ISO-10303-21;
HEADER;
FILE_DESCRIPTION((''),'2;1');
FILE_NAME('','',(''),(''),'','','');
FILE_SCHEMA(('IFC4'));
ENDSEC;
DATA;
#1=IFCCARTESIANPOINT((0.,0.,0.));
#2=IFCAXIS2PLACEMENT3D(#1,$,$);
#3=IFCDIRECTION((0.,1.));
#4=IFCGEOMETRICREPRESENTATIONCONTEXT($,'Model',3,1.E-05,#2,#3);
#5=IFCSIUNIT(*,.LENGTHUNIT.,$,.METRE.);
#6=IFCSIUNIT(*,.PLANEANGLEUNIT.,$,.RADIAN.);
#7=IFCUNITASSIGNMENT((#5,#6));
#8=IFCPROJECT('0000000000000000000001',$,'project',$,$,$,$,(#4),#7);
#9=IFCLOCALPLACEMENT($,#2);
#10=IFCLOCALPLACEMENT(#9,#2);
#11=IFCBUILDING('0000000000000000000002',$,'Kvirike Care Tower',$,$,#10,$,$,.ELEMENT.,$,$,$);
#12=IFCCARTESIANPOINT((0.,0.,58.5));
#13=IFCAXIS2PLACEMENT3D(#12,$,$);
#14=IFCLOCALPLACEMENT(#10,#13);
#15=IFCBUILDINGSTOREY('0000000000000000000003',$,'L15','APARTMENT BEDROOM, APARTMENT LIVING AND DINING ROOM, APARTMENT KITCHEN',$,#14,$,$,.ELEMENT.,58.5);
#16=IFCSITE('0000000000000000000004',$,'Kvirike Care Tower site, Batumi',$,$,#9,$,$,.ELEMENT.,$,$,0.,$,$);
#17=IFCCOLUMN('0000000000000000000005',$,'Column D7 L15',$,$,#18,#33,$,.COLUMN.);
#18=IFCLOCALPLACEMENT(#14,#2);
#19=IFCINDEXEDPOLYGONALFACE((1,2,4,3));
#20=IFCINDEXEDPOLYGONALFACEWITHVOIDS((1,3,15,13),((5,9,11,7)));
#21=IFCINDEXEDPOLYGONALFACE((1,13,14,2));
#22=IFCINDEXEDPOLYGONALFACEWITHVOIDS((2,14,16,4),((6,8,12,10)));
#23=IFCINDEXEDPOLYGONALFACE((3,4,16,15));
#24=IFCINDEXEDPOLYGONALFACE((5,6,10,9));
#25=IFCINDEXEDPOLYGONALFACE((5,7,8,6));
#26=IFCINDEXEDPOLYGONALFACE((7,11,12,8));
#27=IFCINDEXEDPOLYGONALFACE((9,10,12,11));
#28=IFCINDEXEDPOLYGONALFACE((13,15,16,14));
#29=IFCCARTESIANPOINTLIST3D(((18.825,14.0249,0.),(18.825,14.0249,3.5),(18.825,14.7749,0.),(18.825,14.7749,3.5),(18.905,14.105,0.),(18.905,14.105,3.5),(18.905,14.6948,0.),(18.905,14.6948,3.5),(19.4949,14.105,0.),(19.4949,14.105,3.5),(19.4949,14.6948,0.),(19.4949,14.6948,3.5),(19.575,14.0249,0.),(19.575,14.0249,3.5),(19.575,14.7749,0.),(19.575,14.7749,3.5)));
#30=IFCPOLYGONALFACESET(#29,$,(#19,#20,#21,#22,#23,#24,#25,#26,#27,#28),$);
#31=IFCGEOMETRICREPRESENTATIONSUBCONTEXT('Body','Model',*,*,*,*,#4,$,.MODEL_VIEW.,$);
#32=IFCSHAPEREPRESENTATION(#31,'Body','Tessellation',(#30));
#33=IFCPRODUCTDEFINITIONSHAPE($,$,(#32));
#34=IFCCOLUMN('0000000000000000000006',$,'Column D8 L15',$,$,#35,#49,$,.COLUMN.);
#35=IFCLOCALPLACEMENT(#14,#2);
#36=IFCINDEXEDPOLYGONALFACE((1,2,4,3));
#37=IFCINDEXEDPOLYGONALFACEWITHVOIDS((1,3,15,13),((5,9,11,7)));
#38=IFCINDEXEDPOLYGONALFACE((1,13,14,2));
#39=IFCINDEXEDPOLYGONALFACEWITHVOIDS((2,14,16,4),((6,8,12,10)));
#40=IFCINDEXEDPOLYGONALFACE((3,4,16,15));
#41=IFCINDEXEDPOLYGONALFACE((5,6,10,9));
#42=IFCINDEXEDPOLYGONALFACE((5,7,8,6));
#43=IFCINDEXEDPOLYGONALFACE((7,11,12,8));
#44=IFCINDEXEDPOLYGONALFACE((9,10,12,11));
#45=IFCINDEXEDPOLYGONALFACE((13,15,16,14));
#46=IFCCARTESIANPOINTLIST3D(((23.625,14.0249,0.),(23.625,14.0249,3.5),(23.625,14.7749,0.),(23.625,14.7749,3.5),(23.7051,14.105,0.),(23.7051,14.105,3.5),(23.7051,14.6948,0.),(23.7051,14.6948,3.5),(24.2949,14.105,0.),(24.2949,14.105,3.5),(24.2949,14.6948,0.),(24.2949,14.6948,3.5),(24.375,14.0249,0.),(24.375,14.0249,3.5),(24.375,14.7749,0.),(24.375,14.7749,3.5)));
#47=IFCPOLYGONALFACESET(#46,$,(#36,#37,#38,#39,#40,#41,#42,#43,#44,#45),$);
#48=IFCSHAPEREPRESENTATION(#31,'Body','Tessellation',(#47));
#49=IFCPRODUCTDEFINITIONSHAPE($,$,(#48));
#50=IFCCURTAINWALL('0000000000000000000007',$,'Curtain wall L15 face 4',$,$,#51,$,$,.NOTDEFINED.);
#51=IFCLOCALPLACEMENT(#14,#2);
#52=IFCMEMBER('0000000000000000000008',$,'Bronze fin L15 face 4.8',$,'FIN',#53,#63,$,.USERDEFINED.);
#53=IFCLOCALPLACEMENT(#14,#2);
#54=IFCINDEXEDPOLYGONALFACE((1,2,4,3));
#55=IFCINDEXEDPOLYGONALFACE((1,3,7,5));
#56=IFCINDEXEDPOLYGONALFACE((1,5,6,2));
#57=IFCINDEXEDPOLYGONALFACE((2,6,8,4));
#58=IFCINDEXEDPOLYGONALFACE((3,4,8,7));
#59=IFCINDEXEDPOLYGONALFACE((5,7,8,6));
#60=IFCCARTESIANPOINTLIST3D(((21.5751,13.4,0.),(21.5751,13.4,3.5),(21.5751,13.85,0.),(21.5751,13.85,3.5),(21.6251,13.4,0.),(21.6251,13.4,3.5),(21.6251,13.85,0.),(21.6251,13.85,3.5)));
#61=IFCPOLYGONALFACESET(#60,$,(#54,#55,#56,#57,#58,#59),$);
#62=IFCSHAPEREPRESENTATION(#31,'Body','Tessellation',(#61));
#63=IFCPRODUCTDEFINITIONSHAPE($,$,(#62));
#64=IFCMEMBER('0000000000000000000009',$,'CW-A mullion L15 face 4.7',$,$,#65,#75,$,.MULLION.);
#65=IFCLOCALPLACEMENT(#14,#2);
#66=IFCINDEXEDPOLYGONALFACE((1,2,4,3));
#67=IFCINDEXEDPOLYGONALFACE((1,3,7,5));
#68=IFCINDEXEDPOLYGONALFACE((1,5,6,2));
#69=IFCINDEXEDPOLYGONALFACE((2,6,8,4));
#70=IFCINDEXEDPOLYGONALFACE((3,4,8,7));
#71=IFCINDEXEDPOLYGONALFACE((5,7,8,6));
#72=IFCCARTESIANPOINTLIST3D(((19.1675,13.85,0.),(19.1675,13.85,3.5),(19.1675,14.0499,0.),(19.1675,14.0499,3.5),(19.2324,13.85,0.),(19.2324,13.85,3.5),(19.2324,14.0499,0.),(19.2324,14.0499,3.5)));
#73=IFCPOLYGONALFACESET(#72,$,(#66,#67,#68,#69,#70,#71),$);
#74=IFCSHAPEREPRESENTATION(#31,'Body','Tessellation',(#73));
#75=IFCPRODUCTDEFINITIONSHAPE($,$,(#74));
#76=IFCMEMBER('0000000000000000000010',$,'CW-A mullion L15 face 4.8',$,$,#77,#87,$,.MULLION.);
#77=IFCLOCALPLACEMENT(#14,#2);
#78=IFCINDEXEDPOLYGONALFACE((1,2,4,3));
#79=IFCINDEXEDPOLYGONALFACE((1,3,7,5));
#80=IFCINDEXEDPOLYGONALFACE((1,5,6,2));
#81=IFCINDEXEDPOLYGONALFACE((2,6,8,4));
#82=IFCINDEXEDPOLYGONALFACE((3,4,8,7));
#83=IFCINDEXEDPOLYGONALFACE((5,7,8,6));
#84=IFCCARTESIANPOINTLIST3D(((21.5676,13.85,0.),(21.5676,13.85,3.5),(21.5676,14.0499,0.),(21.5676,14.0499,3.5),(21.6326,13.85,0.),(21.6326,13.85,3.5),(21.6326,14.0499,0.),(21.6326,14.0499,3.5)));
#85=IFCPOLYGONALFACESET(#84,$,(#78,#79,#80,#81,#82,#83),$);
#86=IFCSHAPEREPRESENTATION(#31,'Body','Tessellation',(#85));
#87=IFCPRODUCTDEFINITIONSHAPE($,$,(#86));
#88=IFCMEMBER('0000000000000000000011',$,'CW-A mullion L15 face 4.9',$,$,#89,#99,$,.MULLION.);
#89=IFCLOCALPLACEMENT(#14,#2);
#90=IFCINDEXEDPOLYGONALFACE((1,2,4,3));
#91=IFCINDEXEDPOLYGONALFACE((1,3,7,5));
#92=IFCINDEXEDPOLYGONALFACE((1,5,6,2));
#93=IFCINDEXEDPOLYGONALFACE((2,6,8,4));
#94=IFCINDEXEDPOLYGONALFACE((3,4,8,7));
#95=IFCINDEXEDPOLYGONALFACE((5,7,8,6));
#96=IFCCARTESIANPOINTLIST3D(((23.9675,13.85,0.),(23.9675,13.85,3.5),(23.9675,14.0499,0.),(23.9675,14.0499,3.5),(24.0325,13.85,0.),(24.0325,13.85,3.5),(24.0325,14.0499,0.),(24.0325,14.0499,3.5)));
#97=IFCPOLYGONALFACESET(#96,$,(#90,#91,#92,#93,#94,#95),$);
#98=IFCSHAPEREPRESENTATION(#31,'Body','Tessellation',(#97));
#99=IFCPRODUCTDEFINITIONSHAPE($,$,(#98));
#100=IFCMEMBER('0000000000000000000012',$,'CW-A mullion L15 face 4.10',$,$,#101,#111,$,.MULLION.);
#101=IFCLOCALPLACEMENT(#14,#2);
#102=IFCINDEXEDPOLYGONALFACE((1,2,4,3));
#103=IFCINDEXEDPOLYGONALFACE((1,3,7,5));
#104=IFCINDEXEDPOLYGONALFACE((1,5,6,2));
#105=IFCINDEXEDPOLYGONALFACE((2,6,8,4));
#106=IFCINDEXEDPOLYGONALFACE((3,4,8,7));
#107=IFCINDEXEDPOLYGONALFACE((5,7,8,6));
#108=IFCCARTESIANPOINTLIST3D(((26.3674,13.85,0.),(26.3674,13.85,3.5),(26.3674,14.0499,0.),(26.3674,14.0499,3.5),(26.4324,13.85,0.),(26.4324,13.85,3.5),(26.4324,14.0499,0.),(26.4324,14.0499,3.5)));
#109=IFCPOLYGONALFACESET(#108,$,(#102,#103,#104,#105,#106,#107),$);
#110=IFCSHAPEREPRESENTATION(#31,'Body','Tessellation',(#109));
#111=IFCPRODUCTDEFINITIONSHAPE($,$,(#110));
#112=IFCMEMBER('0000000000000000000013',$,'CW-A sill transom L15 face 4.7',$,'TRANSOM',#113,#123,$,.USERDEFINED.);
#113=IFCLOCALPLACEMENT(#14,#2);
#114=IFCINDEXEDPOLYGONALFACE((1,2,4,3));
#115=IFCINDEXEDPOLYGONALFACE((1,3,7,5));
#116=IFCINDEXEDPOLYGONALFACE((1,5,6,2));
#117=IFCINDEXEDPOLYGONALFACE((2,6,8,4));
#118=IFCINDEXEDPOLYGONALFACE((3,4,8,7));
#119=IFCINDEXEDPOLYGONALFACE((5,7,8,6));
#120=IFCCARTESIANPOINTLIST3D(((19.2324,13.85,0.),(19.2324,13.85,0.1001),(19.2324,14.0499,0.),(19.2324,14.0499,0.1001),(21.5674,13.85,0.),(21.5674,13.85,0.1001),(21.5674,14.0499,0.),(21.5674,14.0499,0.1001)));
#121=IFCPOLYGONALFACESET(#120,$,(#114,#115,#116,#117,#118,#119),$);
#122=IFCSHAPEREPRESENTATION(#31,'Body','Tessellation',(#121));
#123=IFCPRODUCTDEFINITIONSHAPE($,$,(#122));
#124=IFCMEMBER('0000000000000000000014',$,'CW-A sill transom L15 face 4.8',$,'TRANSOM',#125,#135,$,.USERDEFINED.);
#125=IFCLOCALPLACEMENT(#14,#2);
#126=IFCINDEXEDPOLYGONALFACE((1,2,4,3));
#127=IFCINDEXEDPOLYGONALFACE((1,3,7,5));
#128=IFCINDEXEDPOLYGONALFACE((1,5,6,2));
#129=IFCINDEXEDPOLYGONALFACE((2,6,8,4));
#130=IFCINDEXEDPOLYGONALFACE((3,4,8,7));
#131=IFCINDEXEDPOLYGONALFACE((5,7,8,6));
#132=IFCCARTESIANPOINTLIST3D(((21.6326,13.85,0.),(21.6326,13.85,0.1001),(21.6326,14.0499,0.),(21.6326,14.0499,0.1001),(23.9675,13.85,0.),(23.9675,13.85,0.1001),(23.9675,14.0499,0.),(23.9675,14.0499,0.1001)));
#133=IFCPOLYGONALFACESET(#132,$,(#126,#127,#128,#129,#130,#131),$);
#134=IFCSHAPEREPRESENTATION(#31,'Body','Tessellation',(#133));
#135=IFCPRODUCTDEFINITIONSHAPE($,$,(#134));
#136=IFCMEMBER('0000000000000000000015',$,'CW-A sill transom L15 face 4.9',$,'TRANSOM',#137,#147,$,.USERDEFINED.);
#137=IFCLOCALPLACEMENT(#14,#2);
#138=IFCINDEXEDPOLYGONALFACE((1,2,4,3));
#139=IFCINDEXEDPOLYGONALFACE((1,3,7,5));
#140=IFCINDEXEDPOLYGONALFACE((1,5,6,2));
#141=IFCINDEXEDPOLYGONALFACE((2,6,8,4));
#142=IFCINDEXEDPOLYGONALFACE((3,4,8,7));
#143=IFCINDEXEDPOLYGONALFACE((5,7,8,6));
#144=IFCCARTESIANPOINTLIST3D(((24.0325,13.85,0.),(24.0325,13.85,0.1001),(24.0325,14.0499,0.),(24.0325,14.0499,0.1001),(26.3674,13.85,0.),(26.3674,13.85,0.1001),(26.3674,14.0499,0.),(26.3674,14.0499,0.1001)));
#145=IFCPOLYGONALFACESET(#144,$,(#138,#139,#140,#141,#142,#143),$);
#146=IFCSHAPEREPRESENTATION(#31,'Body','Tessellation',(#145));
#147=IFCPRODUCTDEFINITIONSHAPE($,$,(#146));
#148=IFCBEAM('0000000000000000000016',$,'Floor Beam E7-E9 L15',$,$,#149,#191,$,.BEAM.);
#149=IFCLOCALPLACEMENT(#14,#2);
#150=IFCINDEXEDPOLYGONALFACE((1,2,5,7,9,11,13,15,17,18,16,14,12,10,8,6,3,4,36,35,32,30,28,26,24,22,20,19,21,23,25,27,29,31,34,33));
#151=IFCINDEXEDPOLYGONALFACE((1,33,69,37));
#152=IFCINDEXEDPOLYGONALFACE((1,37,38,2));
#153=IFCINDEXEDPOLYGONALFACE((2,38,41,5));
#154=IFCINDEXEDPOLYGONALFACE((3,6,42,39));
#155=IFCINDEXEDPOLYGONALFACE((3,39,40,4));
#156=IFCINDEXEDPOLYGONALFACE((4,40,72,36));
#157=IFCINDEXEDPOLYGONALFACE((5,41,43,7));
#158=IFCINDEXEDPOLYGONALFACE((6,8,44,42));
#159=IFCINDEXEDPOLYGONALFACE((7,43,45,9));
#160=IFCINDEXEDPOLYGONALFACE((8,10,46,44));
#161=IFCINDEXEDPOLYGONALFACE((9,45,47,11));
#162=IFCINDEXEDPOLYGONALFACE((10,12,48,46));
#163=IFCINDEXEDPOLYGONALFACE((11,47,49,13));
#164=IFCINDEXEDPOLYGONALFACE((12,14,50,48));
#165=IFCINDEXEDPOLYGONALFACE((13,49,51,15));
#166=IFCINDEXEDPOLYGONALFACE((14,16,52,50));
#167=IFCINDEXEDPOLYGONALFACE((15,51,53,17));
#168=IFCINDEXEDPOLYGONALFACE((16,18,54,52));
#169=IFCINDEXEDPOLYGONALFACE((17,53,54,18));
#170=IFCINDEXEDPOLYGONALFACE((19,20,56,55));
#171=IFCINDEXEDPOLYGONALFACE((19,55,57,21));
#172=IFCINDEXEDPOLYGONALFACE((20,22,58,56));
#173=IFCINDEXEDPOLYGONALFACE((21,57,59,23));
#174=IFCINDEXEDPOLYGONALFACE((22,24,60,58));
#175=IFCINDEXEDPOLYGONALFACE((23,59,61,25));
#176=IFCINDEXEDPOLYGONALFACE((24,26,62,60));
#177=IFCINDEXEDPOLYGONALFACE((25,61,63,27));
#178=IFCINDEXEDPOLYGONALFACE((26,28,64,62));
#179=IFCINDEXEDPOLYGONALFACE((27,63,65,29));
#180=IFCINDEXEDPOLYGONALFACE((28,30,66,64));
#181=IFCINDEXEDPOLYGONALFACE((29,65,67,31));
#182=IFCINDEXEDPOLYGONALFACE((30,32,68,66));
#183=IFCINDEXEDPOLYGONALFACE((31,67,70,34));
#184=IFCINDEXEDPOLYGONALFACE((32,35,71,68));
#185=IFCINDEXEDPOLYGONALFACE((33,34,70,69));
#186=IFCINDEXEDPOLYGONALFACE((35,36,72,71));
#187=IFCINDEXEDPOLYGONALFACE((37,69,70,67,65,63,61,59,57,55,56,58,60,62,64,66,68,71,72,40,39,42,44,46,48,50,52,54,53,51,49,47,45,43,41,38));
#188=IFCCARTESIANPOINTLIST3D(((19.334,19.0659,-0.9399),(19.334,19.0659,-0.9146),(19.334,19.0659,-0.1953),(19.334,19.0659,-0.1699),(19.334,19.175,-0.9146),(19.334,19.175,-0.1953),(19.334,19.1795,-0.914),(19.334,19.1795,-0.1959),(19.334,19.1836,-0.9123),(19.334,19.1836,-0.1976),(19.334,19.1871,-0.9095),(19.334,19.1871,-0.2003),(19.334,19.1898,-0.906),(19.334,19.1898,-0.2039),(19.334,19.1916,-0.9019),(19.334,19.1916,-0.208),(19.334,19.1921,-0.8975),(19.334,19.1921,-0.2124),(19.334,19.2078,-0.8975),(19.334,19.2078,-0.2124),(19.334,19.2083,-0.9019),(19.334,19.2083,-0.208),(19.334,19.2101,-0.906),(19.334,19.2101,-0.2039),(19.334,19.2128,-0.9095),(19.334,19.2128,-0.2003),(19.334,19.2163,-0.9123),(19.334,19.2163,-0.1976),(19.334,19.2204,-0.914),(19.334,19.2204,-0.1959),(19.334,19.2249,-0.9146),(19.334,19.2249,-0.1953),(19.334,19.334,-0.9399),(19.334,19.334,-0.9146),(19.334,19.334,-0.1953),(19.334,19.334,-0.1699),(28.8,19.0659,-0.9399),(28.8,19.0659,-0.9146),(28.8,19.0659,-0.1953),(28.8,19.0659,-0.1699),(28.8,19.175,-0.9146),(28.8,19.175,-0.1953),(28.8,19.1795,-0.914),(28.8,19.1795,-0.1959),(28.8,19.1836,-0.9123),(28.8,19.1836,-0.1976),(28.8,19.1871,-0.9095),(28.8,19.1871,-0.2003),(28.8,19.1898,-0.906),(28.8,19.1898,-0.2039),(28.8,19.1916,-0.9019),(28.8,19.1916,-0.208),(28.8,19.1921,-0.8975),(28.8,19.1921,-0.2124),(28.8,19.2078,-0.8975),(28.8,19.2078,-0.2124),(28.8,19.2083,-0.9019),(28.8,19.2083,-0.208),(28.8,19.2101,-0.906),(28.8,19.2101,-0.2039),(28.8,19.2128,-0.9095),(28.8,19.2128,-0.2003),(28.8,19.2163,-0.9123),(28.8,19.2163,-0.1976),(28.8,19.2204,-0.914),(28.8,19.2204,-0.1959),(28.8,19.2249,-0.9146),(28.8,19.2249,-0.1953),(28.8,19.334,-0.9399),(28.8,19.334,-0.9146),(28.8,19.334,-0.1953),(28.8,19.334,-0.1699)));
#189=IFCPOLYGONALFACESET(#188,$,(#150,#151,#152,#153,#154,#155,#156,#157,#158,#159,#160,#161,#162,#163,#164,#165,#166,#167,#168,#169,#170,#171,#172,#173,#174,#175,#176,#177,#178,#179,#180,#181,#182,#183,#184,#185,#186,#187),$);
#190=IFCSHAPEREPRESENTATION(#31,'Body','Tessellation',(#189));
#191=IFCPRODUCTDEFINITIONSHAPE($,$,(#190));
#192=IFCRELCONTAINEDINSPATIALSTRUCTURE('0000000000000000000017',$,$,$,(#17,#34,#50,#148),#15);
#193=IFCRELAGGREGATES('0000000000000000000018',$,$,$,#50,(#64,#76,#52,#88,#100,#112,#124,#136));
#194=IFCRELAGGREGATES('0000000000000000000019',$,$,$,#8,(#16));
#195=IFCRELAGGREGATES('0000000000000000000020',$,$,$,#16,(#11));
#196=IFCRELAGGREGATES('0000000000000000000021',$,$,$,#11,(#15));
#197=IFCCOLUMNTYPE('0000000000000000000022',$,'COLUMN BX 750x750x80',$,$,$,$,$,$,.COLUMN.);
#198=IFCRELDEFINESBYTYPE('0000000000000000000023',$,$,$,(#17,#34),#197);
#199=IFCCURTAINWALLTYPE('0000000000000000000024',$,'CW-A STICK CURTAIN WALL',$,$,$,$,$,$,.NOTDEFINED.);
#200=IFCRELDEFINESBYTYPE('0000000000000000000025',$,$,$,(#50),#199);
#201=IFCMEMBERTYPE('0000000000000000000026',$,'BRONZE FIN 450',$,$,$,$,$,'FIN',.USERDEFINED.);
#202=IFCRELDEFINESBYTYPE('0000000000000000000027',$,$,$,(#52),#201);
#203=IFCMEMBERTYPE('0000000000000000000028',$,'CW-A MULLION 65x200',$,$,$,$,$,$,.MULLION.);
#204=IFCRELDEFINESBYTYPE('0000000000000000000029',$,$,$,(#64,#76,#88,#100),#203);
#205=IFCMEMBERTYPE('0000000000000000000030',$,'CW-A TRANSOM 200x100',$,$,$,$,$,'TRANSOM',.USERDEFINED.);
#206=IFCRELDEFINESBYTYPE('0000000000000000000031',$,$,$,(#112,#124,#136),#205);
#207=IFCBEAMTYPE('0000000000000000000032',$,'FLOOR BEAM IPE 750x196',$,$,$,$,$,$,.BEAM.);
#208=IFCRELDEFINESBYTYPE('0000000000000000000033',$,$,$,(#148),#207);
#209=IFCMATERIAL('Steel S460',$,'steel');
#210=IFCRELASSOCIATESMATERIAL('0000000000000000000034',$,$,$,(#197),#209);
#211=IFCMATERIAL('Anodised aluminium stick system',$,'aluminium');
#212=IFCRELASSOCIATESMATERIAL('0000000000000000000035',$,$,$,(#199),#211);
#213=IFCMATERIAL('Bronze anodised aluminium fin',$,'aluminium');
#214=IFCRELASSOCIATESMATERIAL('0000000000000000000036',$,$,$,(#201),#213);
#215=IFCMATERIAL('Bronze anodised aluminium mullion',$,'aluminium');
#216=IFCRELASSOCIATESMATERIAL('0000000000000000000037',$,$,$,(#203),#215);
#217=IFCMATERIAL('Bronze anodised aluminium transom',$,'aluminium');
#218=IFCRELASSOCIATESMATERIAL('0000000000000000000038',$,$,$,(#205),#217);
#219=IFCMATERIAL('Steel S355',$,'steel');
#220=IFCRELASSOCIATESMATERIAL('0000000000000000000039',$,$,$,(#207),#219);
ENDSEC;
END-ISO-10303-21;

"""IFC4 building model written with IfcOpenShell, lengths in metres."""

from ifc_helpers import new_model, si_unit, direction, frame, origin, origin_2d, place, context, subcontext, project, spatial, rectangle, hollow_rectangle, i_section, extrude, material, material_profile, profile_set, type_object, element, aggregate, save


model = new_model("IFC4")

# Units and contexts
model_context = context("Model", 3, precision=1e-05, world=origin(), true_north=direction((0.0, 1.0)))
body_context = subcontext(model_context, "Body", "Model", "MODEL_VIEW")
ifc_project = project(units=[si_unit("LENGTHUNIT", "METRE"), si_unit("PLANEANGLEUNIT", "RADIAN")], contexts=[model_context])

# Site, building, storey
site_placement = place(None, origin())
site = spatial("IfcSite", under=ifc_project, at=site_placement, Name="Kvirike Care Tower site, Batumi", CompositionType="ELEMENT", RefElevation=0.0)
building_placement = place(site_placement, origin())
building = spatial("IfcBuilding", under=site, at=building_placement, Name="Kvirike Care Tower", CompositionType="ELEMENT")
storey_placement = place(building_placement, frame((0.0, 0.0, 58.5)))
storey = spatial("IfcBuildingStorey", under=building, at=storey_placement, Name="L15", Description="APARTMENT BEDROOM, APARTMENT LIVING AND DINING ROOM, APARTMENT KITCHEN", CompositionType="ELEMENT", Elevation=58.5)

# Columns
ifc_material_1 = material(Name="Steel S460", Category="steel")
ifc_material_profile_1 = material_profile(ifc_material_1, hollow_rectangle(XDim=0.75, YDim=0.75, WallThickness=0.0801, at=origin_2d()), Name="BX 750x750x80")
ifc_profile_set_1 = profile_set([ifc_material_profile_1], Name="Steel S460")
column_type = type_object("IfcColumnType", Name="COLUMN BX 750x750x80", PredefinedType="COLUMN", material=ifc_profile_set_1)
for number, where, z_axis, x_axis, name in (
    (1, (19.2, 14.3999, 0.0), (0.0, 0.0, 1.0), (0.0, 1.0, 0.0), "Column D7 L15"),
    (2, (24.0, 14.3999, 0.0), (0.0, 0.0, 1.0), (0.0, 1.0, 0.0), "Column D8 L15"),
):
    element("IfcColumn", number, at=place(storey_placement, frame(where, z_axis=z_axis, x_axis=x_axis)), inside=storey, type_object=column_type, Name=name, PredefinedType="COLUMN", context=body_context, shape_type="SweptSolid", body=[
        extrude(hollow_rectangle(XDim=0.75, YDim=0.75, WallThickness=0.0801, at=origin_2d()), origin(), (0.0, 0.0, 1.0), 3.5),
    ])

# Curtain wall, members
ifc_material_2 = material(Name="Anodised aluminium stick system", Category="aluminium")
curtain_wall_type = type_object("IfcCurtainWallType", Name="CW-A STICK CURTAIN WALL", PredefinedType="NOTDEFINED", material=ifc_material_2)
curtain_wall_placement = place(storey_placement, origin())
curtain_wall = element("IfcCurtainWall", 3, at=curtain_wall_placement, inside=storey, type_object=curtain_wall_type, Name="Curtain wall L15 face 4", PredefinedType="NOTDEFINED")
ifc_material_3 = material(Name="Bronze anodised aluminium fin", Category="aluminium")
ifc_material_profile_2 = material_profile(ifc_material_3, rectangle(XDim=0.05, YDim=0.45, at=origin_2d()), Name="BRONZE FIN 450")
ifc_profile_set_2 = profile_set([ifc_material_profile_2], Name="Bronze anodised aluminium fin")
member_type_1 = type_object("IfcMemberType", Name="BRONZE FIN 450", ElementType="FIN", PredefinedType="USERDEFINED", material=ifc_profile_set_2)
member_1_placement = place(storey_placement, frame((21.6001, 13.625, 0.0), z_axis=(0.0, 0.0, 1.0), x_axis=(1.0, 0.0, 0.0)))
member_1 = element("IfcMember", 4, at=member_1_placement, type_object=member_type_1, Name="Bronze fin L15 face 4.8", ObjectType="FIN", PredefinedType="USERDEFINED", context=body_context, shape_type="SweptSolid", body=[
    extrude(rectangle(XDim=0.05, YDim=0.45, at=origin_2d()), origin(), (0.0, 0.0, 1.0), 3.5),
])
ifc_material_4 = material(Name="Bronze anodised aluminium mullion", Category="aluminium")
ifc_material_profile_3 = material_profile(ifc_material_4, rectangle(XDim=0.0649, YDim=0.2, at=origin_2d()), Name="CW-A MULLION 65x200")
ifc_profile_set_3 = profile_set([ifc_material_profile_3], Name="Bronze anodised aluminium mullion")
member_type_2 = type_object("IfcMemberType", Name="CW-A MULLION 65x200", PredefinedType="MULLION", material=ifc_profile_set_3)
member_2_placement = place(storey_placement, frame((19.2, 13.95, 0.0), z_axis=(0.0, 0.0, 1.0), x_axis=(1.0, 0.0, 0.0)))
member_2 = element("IfcMember", 5, at=member_2_placement, type_object=member_type_2, Name="CW-A mullion L15 face 4.7", PredefinedType="MULLION", context=body_context, shape_type="SweptSolid", body=[
    extrude(rectangle(XDim=0.0649, YDim=0.2, at=origin_2d()), origin(), (0.0, 0.0, 1.0), 3.5),
])
member_3_placement = place(storey_placement, frame((21.6001, 13.95, 0.0), z_axis=(0.0, 0.0, 1.0), x_axis=(1.0, 0.0, 0.0)))
member_3 = element("IfcMember", 6, at=member_3_placement, type_object=member_type_2, Name="CW-A mullion L15 face 4.8", PredefinedType="MULLION", context=body_context, shape_type="SweptSolid", body=[
    extrude(rectangle(XDim=0.0649, YDim=0.2, at=origin_2d()), origin(), (0.0, 0.0, 1.0), 3.5),
])
member_4_placement = place(storey_placement, frame((24.0, 13.95, 0.0), z_axis=(0.0, 0.0, 1.0), x_axis=(1.0, 0.0, 0.0)))
member_4 = element("IfcMember", 7, at=member_4_placement, type_object=member_type_2, Name="CW-A mullion L15 face 4.9", PredefinedType="MULLION", context=body_context, shape_type="SweptSolid", body=[
    extrude(rectangle(XDim=0.0649, YDim=0.2, at=origin_2d()), origin(), (0.0, 0.0, 1.0), 3.5),
])
member_5_placement = place(storey_placement, frame((26.3999, 13.95, 0.0), z_axis=(0.0, 0.0, 1.0), x_axis=(1.0, 0.0, 0.0)))
member_5 = element("IfcMember", 8, at=member_5_placement, type_object=member_type_2, Name="CW-A mullion L15 face 4.10", PredefinedType="MULLION", context=body_context, shape_type="SweptSolid", body=[
    extrude(rectangle(XDim=0.0649, YDim=0.2, at=origin_2d()), origin(), (0.0, 0.0, 1.0), 3.5),
])
ifc_material_5 = material(Name="Bronze anodised aluminium transom", Category="aluminium")
ifc_material_profile_4 = material_profile(ifc_material_5, rectangle(XDim=0.2, YDim=0.1001, at=origin_2d()), Name="CW-A TRANSOM 200x100")
ifc_profile_set_4 = profile_set([ifc_material_profile_4], Name="Bronze anodised aluminium transom")
member_type_3 = type_object("IfcMemberType", Name="CW-A TRANSOM 200x100", ElementType="TRANSOM", PredefinedType="USERDEFINED", material=ifc_profile_set_4)
member_6_placement = place(storey_placement, frame((19.2324, 13.95, 0.05), z_axis=(1.0, 0.0, 0.0), x_axis=(0.0, 1.0, 0.0)))
member_6 = element("IfcMember", 9, at=member_6_placement, type_object=member_type_3, Name="CW-A sill transom L15 face 4.7", ObjectType="TRANSOM", PredefinedType="USERDEFINED", context=body_context, shape_type="SweptSolid", body=[
    extrude(rectangle(XDim=0.2, YDim=0.1001, at=origin_2d()), origin(), (0.0, 0.0, 1.0), 2.335),
])
member_7_placement = place(storey_placement, frame((21.6326, 13.95, 0.05), z_axis=(1.0, 0.0, 0.0), x_axis=(0.0, 1.0, 0.0)))
member_7 = element("IfcMember", 10, at=member_7_placement, type_object=member_type_3, Name="CW-A sill transom L15 face 4.8", ObjectType="TRANSOM", PredefinedType="USERDEFINED", context=body_context, shape_type="SweptSolid", body=[
    extrude(rectangle(XDim=0.2, YDim=0.1001, at=origin_2d()), origin(), (0.0, 0.0, 1.0), 2.335),
])
member_8_placement = place(storey_placement, frame((24.0325, 13.95, 0.05), z_axis=(1.0, 0.0, 0.0), x_axis=(0.0, 1.0, 0.0)))
member_8 = element("IfcMember", 11, at=member_8_placement, type_object=member_type_3, Name="CW-A sill transom L15 face 4.9", ObjectType="TRANSOM", PredefinedType="USERDEFINED", context=body_context, shape_type="SweptSolid", body=[
    extrude(rectangle(XDim=0.2, YDim=0.1001, at=origin_2d()), origin(), (0.0, 0.0, 1.0), 2.335),
])

# Beam
ifc_material_6 = material(Name="Steel S355", Category="steel")
ifc_material_profile_5 = material_profile(ifc_material_6, i_section(OverallWidth=0.2681, OverallDepth=0.77, WebThickness=0.0156, FlangeThickness=0.0254, FilletRadius=0.0171, at=origin_2d()), Name="IPE 750x196")
ifc_profile_set_5 = profile_set([ifc_material_profile_5], Name="Steel S355")
beam_type_1 = type_object("IfcBeamType", Name="FLOOR BEAM IPE 750x196", PredefinedType="BEAM", material=ifc_profile_set_5)
beam_1_placement = place(storey_placement, frame((19.334, 19.2, -0.5549), z_axis=(1.0, 0.0, 0.0), x_axis=(0.0, 1.0, 0.0)))
element("IfcBeam", 12, at=beam_1_placement, inside=storey, type_object=beam_type_1, Name="Floor Beam E7-E9 L15", PredefinedType="BEAM", context=body_context, shape_type="SweptSolid", body=[
    extrude(i_section(OverallWidth=0.2681, OverallDepth=0.77, WebThickness=0.0156, FlangeThickness=0.0254, FilletRadius=0.0171, at=origin_2d()), origin(), (0.0, 0.0, 1.0), 9.4661),
])

aggregate(curtain_wall, [member_2, member_3, member_1, member_4, member_5, member_6, member_7, member_8])

save(model, "model.ifc")
